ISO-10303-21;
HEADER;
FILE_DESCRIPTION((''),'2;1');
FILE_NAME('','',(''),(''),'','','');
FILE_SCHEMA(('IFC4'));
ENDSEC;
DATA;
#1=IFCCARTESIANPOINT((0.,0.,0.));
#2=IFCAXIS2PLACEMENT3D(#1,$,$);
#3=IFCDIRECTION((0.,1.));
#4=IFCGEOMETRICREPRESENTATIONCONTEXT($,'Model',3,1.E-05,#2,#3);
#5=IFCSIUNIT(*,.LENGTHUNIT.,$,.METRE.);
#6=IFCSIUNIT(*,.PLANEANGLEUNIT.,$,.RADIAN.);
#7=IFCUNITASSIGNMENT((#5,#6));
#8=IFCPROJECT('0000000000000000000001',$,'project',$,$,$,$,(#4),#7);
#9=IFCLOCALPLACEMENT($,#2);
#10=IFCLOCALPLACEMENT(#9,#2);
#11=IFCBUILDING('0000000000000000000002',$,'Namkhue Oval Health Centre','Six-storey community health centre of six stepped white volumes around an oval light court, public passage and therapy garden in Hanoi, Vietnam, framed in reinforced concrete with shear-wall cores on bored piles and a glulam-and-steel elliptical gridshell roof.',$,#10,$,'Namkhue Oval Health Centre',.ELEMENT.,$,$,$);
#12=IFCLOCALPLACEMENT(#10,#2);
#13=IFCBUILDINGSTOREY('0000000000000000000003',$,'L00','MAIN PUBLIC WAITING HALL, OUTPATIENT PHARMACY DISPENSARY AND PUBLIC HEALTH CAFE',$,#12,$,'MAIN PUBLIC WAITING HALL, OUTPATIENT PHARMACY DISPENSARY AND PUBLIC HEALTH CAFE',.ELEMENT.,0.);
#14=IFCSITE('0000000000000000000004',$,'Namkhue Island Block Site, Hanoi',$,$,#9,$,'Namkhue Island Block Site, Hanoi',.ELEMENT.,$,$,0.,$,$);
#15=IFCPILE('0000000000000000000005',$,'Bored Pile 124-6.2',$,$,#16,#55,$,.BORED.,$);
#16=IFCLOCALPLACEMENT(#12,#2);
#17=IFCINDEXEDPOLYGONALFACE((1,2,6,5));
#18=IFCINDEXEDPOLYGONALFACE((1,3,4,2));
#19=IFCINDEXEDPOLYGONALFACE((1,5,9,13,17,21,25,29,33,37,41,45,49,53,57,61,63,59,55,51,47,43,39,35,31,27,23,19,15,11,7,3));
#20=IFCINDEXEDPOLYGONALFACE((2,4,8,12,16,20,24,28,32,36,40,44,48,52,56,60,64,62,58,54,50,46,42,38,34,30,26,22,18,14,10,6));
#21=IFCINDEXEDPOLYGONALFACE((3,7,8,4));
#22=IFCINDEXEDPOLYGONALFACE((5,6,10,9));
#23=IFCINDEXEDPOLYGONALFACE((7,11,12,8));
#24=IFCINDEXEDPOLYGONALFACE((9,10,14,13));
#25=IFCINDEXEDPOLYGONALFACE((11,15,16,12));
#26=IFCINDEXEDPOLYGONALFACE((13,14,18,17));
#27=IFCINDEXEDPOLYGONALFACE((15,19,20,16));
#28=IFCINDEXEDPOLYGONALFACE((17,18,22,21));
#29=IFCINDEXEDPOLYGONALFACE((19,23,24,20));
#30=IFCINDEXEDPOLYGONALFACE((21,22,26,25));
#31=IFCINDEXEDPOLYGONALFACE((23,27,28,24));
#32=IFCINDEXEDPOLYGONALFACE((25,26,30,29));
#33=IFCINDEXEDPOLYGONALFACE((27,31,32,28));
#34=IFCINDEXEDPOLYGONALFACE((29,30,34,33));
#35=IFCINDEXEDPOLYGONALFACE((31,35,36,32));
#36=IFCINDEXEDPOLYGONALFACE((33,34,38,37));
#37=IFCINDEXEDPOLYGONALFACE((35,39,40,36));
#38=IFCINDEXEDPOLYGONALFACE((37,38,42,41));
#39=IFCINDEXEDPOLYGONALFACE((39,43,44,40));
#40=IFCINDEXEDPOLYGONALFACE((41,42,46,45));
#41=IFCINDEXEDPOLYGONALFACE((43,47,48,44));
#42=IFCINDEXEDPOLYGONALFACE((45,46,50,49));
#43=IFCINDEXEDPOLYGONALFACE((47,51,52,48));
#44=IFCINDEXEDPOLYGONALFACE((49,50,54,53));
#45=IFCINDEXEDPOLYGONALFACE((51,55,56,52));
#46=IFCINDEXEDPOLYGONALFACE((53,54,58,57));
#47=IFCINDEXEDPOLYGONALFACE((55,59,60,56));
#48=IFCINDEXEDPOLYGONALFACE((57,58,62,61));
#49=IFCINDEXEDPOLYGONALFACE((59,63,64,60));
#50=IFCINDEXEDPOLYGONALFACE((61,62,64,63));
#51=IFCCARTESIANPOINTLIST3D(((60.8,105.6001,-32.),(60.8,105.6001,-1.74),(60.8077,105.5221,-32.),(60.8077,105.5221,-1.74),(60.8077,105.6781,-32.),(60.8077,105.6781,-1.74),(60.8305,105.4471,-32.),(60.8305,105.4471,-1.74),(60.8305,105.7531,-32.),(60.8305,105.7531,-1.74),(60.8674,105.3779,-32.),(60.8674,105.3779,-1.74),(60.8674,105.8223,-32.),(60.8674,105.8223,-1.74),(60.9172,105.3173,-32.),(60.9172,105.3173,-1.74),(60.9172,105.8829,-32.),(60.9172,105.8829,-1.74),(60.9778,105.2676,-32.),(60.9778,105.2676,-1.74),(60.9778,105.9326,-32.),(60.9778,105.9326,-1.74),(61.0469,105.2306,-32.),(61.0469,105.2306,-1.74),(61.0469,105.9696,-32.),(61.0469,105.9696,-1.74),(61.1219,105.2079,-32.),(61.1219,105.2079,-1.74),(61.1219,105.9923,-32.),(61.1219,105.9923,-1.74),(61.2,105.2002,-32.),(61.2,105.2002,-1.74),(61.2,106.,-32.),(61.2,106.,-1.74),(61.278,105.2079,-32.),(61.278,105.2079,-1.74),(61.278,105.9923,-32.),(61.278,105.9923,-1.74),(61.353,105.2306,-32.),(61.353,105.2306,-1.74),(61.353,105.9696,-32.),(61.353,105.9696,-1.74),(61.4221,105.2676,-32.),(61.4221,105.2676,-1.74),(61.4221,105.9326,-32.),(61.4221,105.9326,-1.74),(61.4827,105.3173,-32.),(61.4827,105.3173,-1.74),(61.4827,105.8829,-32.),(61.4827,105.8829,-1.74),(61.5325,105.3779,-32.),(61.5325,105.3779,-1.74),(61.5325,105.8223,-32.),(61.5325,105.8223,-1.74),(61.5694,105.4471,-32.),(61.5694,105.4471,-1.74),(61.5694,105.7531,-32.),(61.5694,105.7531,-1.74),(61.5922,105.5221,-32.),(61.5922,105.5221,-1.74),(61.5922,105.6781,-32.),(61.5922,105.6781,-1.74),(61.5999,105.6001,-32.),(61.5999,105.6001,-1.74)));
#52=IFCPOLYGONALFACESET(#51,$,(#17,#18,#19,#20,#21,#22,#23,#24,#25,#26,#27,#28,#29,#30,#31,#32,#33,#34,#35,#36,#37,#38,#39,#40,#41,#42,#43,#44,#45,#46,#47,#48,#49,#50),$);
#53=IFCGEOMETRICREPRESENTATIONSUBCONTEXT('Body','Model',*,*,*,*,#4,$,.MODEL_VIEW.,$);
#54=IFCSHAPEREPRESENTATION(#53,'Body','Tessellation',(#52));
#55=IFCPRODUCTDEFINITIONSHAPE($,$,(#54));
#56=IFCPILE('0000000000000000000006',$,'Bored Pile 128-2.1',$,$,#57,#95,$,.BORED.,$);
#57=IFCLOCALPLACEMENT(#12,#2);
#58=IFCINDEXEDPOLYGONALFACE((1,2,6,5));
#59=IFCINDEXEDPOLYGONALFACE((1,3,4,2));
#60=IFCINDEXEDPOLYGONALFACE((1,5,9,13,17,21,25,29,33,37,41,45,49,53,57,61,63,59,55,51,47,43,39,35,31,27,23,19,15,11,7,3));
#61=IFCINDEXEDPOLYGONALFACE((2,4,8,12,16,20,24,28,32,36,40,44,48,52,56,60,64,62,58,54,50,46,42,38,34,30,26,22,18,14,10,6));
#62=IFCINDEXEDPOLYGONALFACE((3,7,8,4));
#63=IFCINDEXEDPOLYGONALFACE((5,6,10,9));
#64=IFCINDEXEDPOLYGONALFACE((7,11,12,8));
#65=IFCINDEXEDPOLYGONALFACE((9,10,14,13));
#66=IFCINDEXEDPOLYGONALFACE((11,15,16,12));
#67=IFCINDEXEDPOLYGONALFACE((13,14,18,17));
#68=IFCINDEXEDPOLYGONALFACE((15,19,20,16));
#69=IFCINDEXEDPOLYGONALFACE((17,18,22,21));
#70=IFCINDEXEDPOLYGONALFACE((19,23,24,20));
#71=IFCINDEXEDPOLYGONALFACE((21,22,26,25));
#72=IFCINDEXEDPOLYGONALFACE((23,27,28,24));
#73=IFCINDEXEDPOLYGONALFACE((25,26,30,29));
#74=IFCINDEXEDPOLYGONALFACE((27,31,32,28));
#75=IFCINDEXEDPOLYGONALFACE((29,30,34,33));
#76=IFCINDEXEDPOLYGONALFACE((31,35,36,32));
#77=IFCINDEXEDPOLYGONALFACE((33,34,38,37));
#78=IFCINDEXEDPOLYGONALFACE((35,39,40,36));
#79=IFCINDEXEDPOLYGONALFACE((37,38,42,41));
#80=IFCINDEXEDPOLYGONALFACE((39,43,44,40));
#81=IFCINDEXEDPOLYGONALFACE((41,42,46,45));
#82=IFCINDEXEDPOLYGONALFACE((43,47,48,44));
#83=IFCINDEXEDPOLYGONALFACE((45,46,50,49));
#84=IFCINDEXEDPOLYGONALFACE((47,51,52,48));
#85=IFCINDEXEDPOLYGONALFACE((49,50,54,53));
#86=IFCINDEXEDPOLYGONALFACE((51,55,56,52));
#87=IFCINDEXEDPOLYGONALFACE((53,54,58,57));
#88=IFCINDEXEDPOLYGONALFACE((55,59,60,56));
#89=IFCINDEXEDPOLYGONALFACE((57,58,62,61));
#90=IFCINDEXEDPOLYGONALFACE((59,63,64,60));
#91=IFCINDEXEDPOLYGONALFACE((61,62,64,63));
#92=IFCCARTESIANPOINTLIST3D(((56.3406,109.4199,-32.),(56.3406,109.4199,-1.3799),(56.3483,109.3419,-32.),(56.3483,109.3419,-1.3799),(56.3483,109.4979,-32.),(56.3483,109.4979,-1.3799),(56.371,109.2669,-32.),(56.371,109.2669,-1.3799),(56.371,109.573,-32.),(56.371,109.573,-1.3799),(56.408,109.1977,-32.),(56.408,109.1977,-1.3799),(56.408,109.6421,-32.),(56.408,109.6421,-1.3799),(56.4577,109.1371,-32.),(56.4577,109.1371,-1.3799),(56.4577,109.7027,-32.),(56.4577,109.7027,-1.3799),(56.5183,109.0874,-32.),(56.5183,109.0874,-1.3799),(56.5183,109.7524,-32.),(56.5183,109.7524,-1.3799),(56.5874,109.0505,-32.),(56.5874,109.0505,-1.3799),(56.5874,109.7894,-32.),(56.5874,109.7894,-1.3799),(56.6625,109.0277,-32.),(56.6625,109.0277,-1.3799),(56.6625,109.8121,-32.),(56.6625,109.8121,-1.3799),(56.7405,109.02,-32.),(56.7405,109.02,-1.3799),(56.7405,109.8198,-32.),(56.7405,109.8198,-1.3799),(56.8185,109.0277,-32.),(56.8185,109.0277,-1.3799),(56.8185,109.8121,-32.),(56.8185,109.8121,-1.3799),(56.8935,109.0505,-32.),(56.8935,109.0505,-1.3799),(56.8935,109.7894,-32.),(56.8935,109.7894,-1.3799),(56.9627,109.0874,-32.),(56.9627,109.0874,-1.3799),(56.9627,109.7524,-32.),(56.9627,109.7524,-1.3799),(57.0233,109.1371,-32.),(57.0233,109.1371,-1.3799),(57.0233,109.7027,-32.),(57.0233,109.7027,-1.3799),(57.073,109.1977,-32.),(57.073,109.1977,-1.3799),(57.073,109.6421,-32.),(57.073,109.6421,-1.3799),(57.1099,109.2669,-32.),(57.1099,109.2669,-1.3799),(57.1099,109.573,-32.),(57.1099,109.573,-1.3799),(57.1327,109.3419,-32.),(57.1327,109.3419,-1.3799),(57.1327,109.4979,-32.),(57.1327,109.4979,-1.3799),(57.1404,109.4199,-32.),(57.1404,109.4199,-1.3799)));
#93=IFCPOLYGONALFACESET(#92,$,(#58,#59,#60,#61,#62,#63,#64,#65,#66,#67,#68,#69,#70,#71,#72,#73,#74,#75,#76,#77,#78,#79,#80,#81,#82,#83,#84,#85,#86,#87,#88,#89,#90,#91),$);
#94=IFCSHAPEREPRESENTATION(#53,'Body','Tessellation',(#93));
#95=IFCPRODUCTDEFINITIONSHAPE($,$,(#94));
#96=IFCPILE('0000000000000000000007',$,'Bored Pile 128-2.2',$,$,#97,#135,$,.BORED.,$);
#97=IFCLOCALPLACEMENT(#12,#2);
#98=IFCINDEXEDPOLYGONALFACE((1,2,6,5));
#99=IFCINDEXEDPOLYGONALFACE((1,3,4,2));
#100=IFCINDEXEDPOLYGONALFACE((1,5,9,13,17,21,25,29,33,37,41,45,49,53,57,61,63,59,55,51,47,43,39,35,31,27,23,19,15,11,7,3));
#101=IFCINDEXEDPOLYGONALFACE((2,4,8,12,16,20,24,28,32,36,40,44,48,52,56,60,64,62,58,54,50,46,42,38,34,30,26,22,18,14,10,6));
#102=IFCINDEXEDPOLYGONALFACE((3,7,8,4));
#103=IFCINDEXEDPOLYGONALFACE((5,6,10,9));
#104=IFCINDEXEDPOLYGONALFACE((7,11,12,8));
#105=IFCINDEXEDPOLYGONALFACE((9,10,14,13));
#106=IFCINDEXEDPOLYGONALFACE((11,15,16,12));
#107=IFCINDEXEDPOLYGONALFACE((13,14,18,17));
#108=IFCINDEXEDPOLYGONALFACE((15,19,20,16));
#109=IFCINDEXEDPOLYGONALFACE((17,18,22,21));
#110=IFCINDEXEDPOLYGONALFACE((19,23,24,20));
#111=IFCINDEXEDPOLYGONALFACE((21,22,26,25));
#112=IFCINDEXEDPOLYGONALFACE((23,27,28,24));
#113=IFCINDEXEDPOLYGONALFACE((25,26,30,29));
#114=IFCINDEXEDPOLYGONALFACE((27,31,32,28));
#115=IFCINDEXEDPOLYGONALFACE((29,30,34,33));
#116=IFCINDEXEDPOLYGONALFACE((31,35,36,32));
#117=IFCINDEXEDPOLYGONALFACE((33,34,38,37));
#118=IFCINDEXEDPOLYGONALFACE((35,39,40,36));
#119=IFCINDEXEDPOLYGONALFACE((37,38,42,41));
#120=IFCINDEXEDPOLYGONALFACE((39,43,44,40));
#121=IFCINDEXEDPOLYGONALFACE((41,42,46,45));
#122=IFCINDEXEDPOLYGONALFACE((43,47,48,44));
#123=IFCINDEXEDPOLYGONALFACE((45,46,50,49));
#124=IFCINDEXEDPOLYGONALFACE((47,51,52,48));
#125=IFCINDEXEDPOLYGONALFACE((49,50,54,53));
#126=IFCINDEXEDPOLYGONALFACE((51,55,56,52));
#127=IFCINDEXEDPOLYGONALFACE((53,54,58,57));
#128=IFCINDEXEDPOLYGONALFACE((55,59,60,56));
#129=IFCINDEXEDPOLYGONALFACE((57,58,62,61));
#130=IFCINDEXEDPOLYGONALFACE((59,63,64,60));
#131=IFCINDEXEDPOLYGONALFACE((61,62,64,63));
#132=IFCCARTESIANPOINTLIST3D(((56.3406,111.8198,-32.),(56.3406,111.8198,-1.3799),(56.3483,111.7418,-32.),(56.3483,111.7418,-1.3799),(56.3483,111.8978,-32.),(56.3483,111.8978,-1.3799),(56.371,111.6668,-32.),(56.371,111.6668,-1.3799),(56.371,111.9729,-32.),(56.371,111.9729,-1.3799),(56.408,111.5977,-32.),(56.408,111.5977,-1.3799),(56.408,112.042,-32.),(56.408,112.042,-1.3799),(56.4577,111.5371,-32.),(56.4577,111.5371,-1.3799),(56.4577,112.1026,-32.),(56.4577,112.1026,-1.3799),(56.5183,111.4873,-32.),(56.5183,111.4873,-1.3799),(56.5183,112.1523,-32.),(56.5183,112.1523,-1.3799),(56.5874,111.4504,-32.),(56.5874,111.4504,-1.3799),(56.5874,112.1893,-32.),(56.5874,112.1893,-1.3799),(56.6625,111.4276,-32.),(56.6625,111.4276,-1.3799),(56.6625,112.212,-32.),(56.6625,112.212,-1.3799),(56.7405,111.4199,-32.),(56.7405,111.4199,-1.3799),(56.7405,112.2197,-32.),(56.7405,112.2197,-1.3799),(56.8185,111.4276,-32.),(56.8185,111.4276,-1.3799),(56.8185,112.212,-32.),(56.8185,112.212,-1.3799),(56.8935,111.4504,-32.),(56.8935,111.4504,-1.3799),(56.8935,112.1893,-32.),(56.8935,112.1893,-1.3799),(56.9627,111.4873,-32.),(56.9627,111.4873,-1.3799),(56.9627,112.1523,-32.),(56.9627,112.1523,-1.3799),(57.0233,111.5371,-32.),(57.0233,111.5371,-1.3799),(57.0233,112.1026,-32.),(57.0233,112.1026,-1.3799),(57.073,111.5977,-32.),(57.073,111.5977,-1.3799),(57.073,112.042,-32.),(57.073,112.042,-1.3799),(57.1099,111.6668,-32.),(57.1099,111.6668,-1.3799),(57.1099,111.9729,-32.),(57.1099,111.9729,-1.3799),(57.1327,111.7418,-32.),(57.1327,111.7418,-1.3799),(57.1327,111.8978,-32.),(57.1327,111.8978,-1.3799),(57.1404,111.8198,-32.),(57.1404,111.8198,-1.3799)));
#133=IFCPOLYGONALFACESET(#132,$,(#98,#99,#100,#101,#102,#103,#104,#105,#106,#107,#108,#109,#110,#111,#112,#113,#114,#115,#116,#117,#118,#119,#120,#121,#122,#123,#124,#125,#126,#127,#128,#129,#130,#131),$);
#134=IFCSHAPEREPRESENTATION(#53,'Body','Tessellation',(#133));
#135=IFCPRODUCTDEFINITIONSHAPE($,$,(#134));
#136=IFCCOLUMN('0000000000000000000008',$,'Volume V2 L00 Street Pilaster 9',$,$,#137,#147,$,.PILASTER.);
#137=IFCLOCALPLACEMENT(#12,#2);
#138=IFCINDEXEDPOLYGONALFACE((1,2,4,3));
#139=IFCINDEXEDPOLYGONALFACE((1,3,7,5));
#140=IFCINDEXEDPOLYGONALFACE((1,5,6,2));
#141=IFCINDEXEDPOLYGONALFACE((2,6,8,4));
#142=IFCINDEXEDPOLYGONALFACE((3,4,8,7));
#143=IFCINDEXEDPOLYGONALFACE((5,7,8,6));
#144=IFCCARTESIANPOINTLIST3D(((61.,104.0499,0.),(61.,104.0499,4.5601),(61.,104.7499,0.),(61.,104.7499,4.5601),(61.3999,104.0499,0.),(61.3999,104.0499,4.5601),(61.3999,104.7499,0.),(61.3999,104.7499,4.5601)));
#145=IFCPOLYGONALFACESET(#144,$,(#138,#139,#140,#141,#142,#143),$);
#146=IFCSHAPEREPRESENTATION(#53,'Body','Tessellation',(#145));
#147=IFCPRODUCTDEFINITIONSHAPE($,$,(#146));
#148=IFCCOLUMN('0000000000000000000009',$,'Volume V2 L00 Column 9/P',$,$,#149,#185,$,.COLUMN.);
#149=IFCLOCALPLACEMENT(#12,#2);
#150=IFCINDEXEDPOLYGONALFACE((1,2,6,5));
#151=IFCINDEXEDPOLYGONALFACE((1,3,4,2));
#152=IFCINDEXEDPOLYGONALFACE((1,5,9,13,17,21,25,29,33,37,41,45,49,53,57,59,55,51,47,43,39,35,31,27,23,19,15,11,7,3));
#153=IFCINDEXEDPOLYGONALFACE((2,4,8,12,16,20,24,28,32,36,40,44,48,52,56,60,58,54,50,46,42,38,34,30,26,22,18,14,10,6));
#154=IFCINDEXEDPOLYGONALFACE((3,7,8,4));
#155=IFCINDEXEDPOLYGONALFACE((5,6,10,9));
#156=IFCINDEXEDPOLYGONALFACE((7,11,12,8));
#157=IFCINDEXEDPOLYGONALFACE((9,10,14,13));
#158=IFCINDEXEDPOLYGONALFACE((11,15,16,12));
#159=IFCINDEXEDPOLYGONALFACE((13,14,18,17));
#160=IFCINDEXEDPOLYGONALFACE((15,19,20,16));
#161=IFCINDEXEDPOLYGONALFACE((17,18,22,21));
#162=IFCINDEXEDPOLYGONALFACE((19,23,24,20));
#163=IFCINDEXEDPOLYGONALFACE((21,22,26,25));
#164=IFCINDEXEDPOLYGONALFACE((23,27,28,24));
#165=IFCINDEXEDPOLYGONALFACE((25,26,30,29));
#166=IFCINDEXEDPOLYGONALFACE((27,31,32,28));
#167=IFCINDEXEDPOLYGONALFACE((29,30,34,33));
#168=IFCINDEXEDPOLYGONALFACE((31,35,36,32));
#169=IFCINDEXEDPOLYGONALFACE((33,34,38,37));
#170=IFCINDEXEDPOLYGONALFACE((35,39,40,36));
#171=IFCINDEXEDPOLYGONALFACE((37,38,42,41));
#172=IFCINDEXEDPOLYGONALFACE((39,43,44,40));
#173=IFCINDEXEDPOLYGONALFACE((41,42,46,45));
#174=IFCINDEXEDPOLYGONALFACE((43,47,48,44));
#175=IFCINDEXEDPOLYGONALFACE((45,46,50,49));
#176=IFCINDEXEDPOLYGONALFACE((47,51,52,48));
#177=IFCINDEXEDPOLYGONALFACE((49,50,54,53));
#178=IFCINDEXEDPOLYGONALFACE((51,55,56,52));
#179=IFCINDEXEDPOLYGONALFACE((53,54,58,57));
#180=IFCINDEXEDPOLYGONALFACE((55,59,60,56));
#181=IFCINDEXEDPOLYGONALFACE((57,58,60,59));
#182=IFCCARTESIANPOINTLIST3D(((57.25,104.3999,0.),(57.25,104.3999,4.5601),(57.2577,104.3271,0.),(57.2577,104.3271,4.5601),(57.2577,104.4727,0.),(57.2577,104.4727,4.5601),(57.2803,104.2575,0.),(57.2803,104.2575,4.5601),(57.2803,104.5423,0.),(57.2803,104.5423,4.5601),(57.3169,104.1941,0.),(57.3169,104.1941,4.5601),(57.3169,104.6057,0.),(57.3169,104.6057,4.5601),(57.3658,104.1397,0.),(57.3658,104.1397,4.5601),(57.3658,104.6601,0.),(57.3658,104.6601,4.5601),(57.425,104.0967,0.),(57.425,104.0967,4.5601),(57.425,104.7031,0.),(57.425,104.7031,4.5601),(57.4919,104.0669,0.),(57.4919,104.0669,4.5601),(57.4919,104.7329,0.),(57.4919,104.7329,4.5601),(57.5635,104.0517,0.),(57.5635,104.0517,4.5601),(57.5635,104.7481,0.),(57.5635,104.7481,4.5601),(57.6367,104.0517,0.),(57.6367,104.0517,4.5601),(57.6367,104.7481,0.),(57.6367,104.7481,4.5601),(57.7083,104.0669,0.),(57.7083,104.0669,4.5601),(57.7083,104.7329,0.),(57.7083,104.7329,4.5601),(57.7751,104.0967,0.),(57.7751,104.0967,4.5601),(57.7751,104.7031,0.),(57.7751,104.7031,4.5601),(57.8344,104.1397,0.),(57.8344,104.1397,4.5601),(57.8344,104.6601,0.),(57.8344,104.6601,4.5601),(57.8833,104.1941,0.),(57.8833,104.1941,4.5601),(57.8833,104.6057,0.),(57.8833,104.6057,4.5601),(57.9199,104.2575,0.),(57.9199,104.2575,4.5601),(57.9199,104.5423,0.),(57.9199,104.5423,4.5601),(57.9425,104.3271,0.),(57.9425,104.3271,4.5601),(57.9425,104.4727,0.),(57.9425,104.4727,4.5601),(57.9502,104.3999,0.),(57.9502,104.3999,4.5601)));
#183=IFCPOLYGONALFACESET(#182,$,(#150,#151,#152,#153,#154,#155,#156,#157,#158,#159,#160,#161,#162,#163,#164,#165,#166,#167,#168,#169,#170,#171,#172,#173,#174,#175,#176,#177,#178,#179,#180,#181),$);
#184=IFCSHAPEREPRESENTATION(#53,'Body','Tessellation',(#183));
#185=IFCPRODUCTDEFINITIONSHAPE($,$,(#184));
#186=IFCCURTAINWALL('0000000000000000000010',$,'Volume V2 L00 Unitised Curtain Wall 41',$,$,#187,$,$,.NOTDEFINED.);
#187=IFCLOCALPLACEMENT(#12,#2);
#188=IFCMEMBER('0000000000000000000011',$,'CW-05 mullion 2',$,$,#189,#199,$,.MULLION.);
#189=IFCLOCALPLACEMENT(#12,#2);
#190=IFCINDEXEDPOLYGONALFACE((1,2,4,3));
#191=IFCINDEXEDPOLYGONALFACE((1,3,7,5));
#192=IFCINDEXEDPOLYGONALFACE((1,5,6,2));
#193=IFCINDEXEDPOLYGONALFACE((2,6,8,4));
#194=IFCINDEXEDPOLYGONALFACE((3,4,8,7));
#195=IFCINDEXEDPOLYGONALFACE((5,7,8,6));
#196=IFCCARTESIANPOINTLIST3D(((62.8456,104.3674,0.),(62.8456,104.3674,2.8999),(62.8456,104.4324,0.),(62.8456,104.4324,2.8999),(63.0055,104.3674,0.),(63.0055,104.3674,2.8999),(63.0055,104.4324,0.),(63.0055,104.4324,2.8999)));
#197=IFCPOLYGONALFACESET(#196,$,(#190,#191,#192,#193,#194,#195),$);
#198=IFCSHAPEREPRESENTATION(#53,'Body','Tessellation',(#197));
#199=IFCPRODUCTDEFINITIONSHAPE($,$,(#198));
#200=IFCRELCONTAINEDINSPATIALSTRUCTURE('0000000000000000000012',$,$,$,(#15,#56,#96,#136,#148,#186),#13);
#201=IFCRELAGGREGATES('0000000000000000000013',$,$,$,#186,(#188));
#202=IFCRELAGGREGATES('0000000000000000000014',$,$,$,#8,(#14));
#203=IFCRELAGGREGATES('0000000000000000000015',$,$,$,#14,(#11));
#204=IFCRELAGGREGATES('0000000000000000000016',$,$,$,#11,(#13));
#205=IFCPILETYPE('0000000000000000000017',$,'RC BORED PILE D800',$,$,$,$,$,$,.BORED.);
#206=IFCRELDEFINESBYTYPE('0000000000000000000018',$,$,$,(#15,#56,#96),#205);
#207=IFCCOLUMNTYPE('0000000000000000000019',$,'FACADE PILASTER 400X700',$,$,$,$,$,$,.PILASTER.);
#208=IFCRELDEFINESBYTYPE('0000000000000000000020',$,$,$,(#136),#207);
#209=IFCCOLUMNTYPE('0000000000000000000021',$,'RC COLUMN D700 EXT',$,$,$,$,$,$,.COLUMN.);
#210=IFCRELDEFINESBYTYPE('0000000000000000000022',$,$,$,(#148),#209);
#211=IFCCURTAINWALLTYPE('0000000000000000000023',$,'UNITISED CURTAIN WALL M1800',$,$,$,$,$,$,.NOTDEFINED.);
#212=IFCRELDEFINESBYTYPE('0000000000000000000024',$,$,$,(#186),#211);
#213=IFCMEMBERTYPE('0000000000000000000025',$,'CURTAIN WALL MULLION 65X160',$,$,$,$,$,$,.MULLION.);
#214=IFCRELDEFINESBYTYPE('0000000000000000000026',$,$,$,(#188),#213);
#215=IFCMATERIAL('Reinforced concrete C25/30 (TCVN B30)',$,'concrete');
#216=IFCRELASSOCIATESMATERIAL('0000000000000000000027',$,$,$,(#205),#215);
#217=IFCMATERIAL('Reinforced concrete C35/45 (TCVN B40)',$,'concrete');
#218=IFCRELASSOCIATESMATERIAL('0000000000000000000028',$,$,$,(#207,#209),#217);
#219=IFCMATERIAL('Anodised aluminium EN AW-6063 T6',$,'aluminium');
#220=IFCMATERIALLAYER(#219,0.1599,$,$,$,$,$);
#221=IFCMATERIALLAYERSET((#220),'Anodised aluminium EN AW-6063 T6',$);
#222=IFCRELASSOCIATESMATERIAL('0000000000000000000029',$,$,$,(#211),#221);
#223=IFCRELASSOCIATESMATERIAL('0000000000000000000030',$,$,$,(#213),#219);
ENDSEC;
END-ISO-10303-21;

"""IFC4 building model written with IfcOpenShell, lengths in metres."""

from ifc_helpers import new_model, si_unit, direction, frame, origin, origin_2d, place, context, subcontext, project, spatial, rectangle, circle, extrude, material, layer, layer_set, material_profile, profile_set, type_object, element, aggregate, save


model = new_model("IFC4")

# Units and contexts
model_context = context("Model", 3, precision=1e-05, world=origin(), true_north=direction((0.0, 1.0)))
body_context = subcontext(model_context, "Body", "Model", "MODEL_VIEW")
ifc_project = project(units=[si_unit("LENGTHUNIT", "METRE"), si_unit("PLANEANGLEUNIT", "RADIAN")], contexts=[model_context])

# Site, building, storey
site_placement = place(None, origin())
site = spatial("IfcSite", under=ifc_project, at=site_placement, Name="Namkhue Island Block Site, Hanoi", LongName="Namkhue Island Block Site, Hanoi", CompositionType="ELEMENT", RefElevation=0.0)
building_placement = place(site_placement, origin())
building = spatial("IfcBuilding", under=site, at=building_placement, Name="Namkhue Oval Health Centre", Description="Six-storey community health centre of six stepped white volumes around an oval light court, public passage and therapy garden in Hanoi, Vietnam, framed in reinforced concrete with shear-wall cores on bored piles and a glulam-and-steel elliptical gridshell roof.", LongName="Namkhue Oval Health Centre", CompositionType="ELEMENT")
storey_placement = place(building_placement, origin())
storey = spatial("IfcBuildingStorey", under=building, at=storey_placement, Name="L00", Description="MAIN PUBLIC WAITING HALL, OUTPATIENT PHARMACY DISPENSARY AND PUBLIC HEALTH CAFE", LongName="MAIN PUBLIC WAITING HALL, OUTPATIENT PHARMACY DISPENSARY AND PUBLIC HEALTH CAFE", CompositionType="ELEMENT", Elevation=0.0)

# Piles
ifc_material_1 = material(Name="Reinforced concrete C25/30 (TCVN B30)", Category="concrete")
ifc_material_profile_1 = material_profile(ifc_material_1, circle(Radius=0.3999, at=origin_2d()), Name="BORED PILE D800")
ifc_profile_set_1 = profile_set([ifc_material_profile_1], Name="Reinforced concrete C25/30 (TCVN B30)")
pile_type = type_object("IfcPileType", Name="RC BORED PILE D800", PredefinedType="BORED", material=ifc_profile_set_1)
for number, where, z_axis, x_axis, name in (
    (1, (61.2, 105.6001, -1.74), (0.0, 0.0, -1.0), (1.0, 0.0, 0.0), "Bored Pile 124-6.2"),
):
    element("IfcPile", number, at=place(storey_placement, frame(where, z_axis=z_axis, x_axis=x_axis)), inside=storey, type_object=pile_type, Name=name, PredefinedType="BORED", context=body_context, shape_type="SweptSolid", body=[
        extrude(circle(Radius=0.3999, at=origin_2d()), origin(), (0.0, 0.0, 1.0), 30.26),
    ])
for number, where, z_axis, x_axis, name in (
    (2, (56.7405, 109.4199, -1.3799), (0.0, 0.0, -1.0), (1.0, 0.0, 0.0), "Bored Pile 128-2.1"),
    (3, (56.7405, 111.8198, -1.3799), (0.0, 0.0, -1.0), (1.0, 0.0, 0.0), "Bored Pile 128-2.2"),
):
    element("IfcPile", number, at=place(storey_placement, frame(where, z_axis=z_axis, x_axis=x_axis)), inside=storey, type_object=pile_type, Name=name, PredefinedType="BORED", context=body_context, shape_type="SweptSolid", body=[
        extrude(circle(Radius=0.3999, at=origin_2d()), origin(), (0.0, 0.0, 1.0), 30.6201),
    ])

# Columns
ifc_material_2 = material(Name="Reinforced concrete C35/45 (TCVN B40)", Category="concrete")
ifc_material_profile_2 = material_profile(ifc_material_2, rectangle(XDim=0.3999, YDim=0.7, at=origin_2d()), Name="RC 400x700")
ifc_profile_set_2 = profile_set([ifc_material_profile_2], Name="Reinforced concrete C35/45 (TCVN B40)")
column_type_1 = type_object("IfcColumnType", Name="FACADE PILASTER 400X700", PredefinedType="PILASTER", material=ifc_profile_set_2)
column_1_placement = place(storey_placement, frame((61.2, 104.3999, 0.0), z_axis=(0.0, 0.0, 1.0), x_axis=(1.0, 0.0, 0.0)))
element("IfcColumn", 4, at=column_1_placement, inside=storey, type_object=column_type_1, Name="Volume V2 L00 Street Pilaster 9", PredefinedType="PILASTER", context=body_context, shape_type="SweptSolid", body=[
    extrude(rectangle(XDim=0.3999, YDim=0.7, at=origin_2d()), origin(), (0.0, 0.0, 1.0), 4.5601),
])
ifc_material_profile_3 = material_profile(ifc_material_2, circle(Radius=0.3501, at=origin_2d()), Name="RC D700")
ifc_profile_set_3 = profile_set([ifc_material_profile_3], Name="Reinforced concrete C35/45 (TCVN B40)")
column_type_2 = type_object("IfcColumnType", Name="RC COLUMN D700 EXT", PredefinedType="COLUMN", material=ifc_profile_set_3)
column_2_placement = place(storey_placement, frame((57.6001, 104.3999, 0.0), z_axis=(0.0, 0.0, 1.0), x_axis=(1.0, 0.0, 0.0)))
element("IfcColumn", 5, at=column_2_placement, inside=storey, type_object=column_type_2, Name="Volume V2 L00 Column 9/P", PredefinedType="COLUMN", context=body_context, shape_type="SweptSolid", body=[
    extrude(circle(Radius=0.3501, at=origin_2d()), origin(), (0.0, 0.0, 1.0), 4.5601),
])

# Curtain wall, member
ifc_material_3 = material(Name="Anodised aluminium EN AW-6063 T6", Category="aluminium")
ifc_layer_1 = layer(ifc_material_3, 0.1599)
ifc_layer_set_1 = layer_set([ifc_layer_1], Name="Anodised aluminium EN AW-6063 T6")
curtain_wall_type_1 = type_object("IfcCurtainWallType", Name="UNITISED CURTAIN WALL M1800", PredefinedType="NOTDEFINED", material=ifc_layer_set_1)
curtain_wall_1_placement = place(storey_placement, origin())
curtain_wall_1 = element("IfcCurtainWall", 6, at=curtain_wall_1_placement, inside=storey, type_object=curtain_wall_type_1, Name="Volume V2 L00 Unitised Curtain Wall 41", PredefinedType="NOTDEFINED")
ifc_material_profile_4 = material_profile(ifc_material_3, rectangle(XDim=0.0649, YDim=0.1599, at=origin_2d()), Name="ALU 65x160")
ifc_profile_set_4 = profile_set([ifc_material_profile_4], Name="Anodised aluminium EN AW-6063 T6")
member_type_1 = type_object("IfcMemberType", Name="CURTAIN WALL MULLION 65X160", PredefinedType="MULLION", material=ifc_profile_set_4)
member_1_placement = place(storey_placement, frame((62.9255, 104.3999, 0.0), z_axis=(0.0, 0.0, 1.0), x_axis=(0.0, -1.0, 0.0)))
member_1 = element("IfcMember", 7, at=member_1_placement, type_object=member_type_1, Name="CW-05 mullion 2", PredefinedType="MULLION", context=body_context, shape_type="SweptSolid", body=[
    extrude(rectangle(XDim=0.0649, YDim=0.1599, at=origin_2d()), origin(), (0.0, 0.0, 1.0), 2.8999),
])

aggregate(curtain_wall_1, [member_1])

save(model, "model.ifc")
